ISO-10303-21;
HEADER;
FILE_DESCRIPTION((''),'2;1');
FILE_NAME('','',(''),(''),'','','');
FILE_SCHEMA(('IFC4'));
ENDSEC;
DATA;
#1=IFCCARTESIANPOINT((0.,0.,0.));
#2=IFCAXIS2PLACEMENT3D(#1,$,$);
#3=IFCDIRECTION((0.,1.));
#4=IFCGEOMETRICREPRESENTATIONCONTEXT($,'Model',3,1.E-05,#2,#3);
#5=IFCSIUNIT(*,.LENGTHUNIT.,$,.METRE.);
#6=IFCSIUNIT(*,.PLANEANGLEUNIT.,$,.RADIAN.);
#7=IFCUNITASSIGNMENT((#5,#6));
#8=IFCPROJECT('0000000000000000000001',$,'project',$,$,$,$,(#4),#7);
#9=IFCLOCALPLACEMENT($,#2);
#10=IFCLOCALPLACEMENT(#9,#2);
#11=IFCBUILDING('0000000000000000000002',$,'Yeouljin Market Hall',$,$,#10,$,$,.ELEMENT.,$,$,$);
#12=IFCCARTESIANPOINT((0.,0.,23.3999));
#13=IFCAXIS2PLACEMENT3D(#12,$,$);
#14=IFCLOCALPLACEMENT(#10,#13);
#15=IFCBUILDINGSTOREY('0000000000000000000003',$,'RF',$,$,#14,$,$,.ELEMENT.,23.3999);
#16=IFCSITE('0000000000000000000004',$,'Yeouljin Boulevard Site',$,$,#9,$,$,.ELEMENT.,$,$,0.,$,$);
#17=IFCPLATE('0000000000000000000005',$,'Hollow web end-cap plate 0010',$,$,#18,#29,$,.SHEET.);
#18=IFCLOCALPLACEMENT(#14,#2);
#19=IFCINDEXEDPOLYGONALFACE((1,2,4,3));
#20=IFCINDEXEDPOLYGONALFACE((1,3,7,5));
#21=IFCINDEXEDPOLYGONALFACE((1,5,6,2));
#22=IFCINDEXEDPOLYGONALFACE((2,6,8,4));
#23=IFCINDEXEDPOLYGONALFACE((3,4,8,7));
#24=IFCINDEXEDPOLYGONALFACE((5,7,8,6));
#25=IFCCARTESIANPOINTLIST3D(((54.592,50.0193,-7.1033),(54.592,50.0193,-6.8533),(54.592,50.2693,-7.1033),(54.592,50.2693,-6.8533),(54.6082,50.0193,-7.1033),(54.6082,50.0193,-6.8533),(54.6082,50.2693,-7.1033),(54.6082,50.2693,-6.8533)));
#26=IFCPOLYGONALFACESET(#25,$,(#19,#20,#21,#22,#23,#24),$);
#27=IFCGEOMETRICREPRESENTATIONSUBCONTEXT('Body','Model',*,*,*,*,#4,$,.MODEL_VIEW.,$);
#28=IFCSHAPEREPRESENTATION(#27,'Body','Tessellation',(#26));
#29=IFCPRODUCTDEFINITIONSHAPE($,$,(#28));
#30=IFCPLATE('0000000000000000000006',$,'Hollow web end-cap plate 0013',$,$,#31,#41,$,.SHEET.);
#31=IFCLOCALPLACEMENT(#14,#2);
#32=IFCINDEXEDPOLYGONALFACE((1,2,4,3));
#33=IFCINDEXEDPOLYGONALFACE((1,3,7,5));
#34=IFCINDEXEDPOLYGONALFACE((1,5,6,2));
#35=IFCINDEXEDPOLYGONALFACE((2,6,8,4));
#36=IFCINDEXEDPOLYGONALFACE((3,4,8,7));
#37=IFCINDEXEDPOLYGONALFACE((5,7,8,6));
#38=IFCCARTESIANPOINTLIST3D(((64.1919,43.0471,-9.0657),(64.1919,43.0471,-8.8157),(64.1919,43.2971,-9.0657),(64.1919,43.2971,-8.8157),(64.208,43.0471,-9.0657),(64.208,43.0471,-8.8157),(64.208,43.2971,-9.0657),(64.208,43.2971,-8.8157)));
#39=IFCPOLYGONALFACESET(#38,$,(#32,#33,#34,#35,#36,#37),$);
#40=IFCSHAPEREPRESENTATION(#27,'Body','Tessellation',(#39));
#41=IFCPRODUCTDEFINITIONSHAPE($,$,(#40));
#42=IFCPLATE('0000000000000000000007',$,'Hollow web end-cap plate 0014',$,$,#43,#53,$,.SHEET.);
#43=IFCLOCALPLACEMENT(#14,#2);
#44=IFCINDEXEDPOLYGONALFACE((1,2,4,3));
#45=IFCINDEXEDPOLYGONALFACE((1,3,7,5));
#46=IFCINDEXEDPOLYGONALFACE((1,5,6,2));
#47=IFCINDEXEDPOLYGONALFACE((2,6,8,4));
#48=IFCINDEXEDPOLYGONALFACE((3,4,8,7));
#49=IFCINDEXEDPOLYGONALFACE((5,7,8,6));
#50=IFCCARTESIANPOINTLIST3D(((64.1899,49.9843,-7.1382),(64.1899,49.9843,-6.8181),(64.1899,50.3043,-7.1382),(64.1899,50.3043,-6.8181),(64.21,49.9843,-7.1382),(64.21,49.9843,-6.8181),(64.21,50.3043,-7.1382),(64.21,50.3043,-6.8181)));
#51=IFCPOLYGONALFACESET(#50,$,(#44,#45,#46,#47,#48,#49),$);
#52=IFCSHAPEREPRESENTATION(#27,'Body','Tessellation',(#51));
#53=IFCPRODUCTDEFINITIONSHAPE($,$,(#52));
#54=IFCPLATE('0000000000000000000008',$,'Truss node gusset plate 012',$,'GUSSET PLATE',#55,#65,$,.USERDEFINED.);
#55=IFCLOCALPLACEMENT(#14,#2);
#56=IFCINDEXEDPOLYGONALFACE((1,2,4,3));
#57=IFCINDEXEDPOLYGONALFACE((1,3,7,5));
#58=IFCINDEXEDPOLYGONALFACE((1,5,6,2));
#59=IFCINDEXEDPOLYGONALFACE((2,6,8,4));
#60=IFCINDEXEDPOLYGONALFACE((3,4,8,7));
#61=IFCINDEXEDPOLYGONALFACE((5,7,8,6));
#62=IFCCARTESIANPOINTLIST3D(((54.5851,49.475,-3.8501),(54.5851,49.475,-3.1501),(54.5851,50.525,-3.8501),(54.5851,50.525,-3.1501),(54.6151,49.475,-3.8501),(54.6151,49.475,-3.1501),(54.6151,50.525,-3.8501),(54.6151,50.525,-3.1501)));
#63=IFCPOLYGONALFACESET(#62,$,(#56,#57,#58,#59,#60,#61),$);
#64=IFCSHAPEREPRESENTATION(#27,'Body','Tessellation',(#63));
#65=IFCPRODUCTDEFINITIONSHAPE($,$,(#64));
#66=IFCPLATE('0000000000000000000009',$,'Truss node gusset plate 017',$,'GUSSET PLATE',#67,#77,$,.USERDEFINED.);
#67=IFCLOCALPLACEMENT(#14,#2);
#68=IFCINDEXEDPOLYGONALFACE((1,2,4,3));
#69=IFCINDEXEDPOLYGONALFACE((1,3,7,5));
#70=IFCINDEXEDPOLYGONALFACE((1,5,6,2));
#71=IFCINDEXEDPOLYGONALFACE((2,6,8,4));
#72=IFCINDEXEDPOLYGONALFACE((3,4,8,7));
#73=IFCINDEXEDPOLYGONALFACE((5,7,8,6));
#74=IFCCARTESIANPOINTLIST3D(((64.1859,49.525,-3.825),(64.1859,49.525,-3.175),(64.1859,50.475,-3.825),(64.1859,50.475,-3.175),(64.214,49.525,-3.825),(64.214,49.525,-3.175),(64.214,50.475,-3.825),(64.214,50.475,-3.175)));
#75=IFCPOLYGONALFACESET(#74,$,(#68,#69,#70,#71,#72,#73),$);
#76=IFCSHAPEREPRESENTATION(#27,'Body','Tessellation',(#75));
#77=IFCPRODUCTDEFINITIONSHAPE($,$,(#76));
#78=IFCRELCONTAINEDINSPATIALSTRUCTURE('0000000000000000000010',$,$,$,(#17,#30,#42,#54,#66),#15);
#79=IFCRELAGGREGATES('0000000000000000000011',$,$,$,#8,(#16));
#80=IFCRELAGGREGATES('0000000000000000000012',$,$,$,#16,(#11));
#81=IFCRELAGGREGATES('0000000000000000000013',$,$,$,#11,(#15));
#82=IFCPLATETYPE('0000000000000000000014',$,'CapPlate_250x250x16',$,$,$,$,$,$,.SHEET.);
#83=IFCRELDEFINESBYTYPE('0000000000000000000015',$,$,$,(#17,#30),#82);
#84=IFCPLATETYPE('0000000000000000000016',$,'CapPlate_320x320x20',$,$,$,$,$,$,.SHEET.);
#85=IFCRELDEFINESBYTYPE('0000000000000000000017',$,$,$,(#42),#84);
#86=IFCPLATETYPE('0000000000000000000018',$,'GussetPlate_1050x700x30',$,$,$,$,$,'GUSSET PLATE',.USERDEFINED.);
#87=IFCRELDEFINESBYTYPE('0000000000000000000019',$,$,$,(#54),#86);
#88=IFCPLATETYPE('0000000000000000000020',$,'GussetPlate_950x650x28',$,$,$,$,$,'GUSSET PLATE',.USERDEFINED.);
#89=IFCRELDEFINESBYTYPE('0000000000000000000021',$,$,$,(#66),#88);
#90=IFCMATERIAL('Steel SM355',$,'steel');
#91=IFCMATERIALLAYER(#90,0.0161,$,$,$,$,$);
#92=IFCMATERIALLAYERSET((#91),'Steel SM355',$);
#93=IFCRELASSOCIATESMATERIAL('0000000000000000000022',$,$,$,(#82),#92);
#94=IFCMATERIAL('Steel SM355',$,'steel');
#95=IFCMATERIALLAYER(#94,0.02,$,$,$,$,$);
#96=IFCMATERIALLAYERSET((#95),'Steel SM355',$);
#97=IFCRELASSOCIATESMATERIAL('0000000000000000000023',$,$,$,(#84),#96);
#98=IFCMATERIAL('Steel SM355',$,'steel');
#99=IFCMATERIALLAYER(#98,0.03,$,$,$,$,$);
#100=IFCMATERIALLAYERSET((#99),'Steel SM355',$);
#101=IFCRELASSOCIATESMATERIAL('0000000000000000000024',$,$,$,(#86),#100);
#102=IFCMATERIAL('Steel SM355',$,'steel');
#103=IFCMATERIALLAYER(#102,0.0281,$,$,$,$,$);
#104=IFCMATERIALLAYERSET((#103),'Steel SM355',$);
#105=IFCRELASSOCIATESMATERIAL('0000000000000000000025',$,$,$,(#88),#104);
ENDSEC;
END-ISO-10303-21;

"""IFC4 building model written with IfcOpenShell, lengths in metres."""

from ifc_helpers import new_model, si_unit, direction, frame, origin, origin_2d, place, context, subcontext, project, spatial, rectangle, extrude, material, layer, layer_set, type_object, element, save


model = new_model("IFC4")

# Units and contexts
model_context = context("Model", 3, precision=1e-05, world=origin(), true_north=direction((0.0, 1.0)))
body_context = subcontext(model_context, "Body", "Model", "MODEL_VIEW")
ifc_project = project(units=[si_unit("LENGTHUNIT", "METRE"), si_unit("PLANEANGLEUNIT", "RADIAN")], contexts=[model_context])

# Site, building, storey
site_placement = place(None, origin())
site = spatial("IfcSite", under=ifc_project, at=site_placement, Name="Yeouljin Boulevard Site", CompositionType="ELEMENT", RefElevation=0.0)
building_placement = place(site_placement, origin())
building = spatial("IfcBuilding", under=site, at=building_placement, Name="Yeouljin Market Hall", CompositionType="ELEMENT")
storey_placement = place(building_placement, frame((0.0, 0.0, 23.3999)))
storey = spatial("IfcBuildingStorey", under=building, at=storey_placement, Name="RF", CompositionType="ELEMENT", Elevation=23.3999)

# Plates
ifc_material_1 = material(Name="Steel SM355", Category="steel")
ifc_layer_1 = layer(ifc_material_1, 0.0161)
ifc_layer_set_1 = layer_set([ifc_layer_1], Name="Steel SM355")
plate_type_1 = type_object("IfcPlateType", Name="CapPlate_250x250x16", PredefinedType="SHEET", material=ifc_layer_set_1)
for number, where, z_axis, x_axis, name in (
    (1, (54.6001, 50.1443, -7.1033), (0.0, 0.0, 1.0), (0.0, 1.0, 0.0), "Hollow web end-cap plate 0010"),
    (2, (64.2, 43.1721, -9.0657), (0.0, 0.0, 1.0), (0.0, 1.0, 0.0), "Hollow web end-cap plate 0013"),
):
    element("IfcPlate", number, at=place(storey_placement, frame(where, z_axis=z_axis, x_axis=x_axis)), inside=storey, type_object=plate_type_1, Name=name, PredefinedType="SHEET", context=body_context, shape_type="SweptSolid", body=[
        extrude(rectangle(XDim=0.25, YDim=0.0161, at=origin_2d()), origin(), (0.0, 0.0, 1.0), 0.25),
    ])
ifc_material_2 = material(Name="Steel SM355", Category="steel")
ifc_layer_2 = layer(ifc_material_2, 0.02)
ifc_layer_set_2 = layer_set([ifc_layer_2], Name="Steel SM355")
plate_type_2 = type_object("IfcPlateType", Name="CapPlate_320x320x20", PredefinedType="SHEET", material=ifc_layer_set_2)
plate_1_placement = place(storey_placement, frame((64.2, 50.1443, -7.1382), z_axis=(0.0, 0.0, 1.0), x_axis=(0.0, 1.0, 0.0)))
element("IfcPlate", 3, at=plate_1_placement, inside=storey, type_object=plate_type_2, Name="Hollow web end-cap plate 0014", PredefinedType="SHEET", context=body_context, shape_type="SweptSolid", body=[
    extrude(rectangle(XDim=0.3201, YDim=0.02, at=origin_2d()), origin(), (0.0, 0.0, 1.0), 0.3201),
])
ifc_material_3 = material(Name="Steel SM355", Category="steel")
ifc_layer_3 = layer(ifc_material_3, 0.03)
ifc_layer_set_3 = layer_set([ifc_layer_3], Name="Steel SM355")
plate_type_3 = type_object("IfcPlateType", Name="GussetPlate_1050x700x30", ElementType="GUSSET PLATE", PredefinedType="USERDEFINED", material=ifc_layer_set_3)
plate_2_placement = place(storey_placement, frame((54.6001, 50.0, -3.8501), z_axis=(0.0, 0.0, 1.0), x_axis=(0.0, 1.0, 0.0)))
element("IfcPlate", 4, at=plate_2_placement, inside=storey, type_object=plate_type_3, Name="Truss node gusset plate 012", ObjectType="GUSSET PLATE", PredefinedType="USERDEFINED", context=body_context, shape_type="SweptSolid", body=[
    extrude(rectangle(XDim=1.05, YDim=0.03, at=origin_2d()), origin(), (0.0, 0.0, 1.0), 0.7),
])
ifc_material_4 = material(Name="Steel SM355", Category="steel")
ifc_layer_4 = layer(ifc_material_4, 0.0281)
ifc_layer_set_4 = layer_set([ifc_layer_4], Name="Steel SM355")
plate_type_4 = type_object("IfcPlateType", Name="GussetPlate_950x650x28", ElementType="GUSSET PLATE", PredefinedType="USERDEFINED", material=ifc_layer_set_4)
plate_3_placement = place(storey_placement, frame((64.2, 50.0, -3.825), z_axis=(0.0, 0.0, 1.0), x_axis=(0.0, 1.0, 0.0)))
element("IfcPlate", 5, at=plate_3_placement, inside=storey, type_object=plate_type_4, Name="Truss node gusset plate 017", ObjectType="GUSSET PLATE", PredefinedType="USERDEFINED", context=body_context, shape_type="SweptSolid", body=[
    extrude(rectangle(XDim=0.95, YDim=0.0281, at=origin_2d()), origin(), (0.0, 0.0, 1.0), 0.6499),
])

save(model, "model.ifc")
